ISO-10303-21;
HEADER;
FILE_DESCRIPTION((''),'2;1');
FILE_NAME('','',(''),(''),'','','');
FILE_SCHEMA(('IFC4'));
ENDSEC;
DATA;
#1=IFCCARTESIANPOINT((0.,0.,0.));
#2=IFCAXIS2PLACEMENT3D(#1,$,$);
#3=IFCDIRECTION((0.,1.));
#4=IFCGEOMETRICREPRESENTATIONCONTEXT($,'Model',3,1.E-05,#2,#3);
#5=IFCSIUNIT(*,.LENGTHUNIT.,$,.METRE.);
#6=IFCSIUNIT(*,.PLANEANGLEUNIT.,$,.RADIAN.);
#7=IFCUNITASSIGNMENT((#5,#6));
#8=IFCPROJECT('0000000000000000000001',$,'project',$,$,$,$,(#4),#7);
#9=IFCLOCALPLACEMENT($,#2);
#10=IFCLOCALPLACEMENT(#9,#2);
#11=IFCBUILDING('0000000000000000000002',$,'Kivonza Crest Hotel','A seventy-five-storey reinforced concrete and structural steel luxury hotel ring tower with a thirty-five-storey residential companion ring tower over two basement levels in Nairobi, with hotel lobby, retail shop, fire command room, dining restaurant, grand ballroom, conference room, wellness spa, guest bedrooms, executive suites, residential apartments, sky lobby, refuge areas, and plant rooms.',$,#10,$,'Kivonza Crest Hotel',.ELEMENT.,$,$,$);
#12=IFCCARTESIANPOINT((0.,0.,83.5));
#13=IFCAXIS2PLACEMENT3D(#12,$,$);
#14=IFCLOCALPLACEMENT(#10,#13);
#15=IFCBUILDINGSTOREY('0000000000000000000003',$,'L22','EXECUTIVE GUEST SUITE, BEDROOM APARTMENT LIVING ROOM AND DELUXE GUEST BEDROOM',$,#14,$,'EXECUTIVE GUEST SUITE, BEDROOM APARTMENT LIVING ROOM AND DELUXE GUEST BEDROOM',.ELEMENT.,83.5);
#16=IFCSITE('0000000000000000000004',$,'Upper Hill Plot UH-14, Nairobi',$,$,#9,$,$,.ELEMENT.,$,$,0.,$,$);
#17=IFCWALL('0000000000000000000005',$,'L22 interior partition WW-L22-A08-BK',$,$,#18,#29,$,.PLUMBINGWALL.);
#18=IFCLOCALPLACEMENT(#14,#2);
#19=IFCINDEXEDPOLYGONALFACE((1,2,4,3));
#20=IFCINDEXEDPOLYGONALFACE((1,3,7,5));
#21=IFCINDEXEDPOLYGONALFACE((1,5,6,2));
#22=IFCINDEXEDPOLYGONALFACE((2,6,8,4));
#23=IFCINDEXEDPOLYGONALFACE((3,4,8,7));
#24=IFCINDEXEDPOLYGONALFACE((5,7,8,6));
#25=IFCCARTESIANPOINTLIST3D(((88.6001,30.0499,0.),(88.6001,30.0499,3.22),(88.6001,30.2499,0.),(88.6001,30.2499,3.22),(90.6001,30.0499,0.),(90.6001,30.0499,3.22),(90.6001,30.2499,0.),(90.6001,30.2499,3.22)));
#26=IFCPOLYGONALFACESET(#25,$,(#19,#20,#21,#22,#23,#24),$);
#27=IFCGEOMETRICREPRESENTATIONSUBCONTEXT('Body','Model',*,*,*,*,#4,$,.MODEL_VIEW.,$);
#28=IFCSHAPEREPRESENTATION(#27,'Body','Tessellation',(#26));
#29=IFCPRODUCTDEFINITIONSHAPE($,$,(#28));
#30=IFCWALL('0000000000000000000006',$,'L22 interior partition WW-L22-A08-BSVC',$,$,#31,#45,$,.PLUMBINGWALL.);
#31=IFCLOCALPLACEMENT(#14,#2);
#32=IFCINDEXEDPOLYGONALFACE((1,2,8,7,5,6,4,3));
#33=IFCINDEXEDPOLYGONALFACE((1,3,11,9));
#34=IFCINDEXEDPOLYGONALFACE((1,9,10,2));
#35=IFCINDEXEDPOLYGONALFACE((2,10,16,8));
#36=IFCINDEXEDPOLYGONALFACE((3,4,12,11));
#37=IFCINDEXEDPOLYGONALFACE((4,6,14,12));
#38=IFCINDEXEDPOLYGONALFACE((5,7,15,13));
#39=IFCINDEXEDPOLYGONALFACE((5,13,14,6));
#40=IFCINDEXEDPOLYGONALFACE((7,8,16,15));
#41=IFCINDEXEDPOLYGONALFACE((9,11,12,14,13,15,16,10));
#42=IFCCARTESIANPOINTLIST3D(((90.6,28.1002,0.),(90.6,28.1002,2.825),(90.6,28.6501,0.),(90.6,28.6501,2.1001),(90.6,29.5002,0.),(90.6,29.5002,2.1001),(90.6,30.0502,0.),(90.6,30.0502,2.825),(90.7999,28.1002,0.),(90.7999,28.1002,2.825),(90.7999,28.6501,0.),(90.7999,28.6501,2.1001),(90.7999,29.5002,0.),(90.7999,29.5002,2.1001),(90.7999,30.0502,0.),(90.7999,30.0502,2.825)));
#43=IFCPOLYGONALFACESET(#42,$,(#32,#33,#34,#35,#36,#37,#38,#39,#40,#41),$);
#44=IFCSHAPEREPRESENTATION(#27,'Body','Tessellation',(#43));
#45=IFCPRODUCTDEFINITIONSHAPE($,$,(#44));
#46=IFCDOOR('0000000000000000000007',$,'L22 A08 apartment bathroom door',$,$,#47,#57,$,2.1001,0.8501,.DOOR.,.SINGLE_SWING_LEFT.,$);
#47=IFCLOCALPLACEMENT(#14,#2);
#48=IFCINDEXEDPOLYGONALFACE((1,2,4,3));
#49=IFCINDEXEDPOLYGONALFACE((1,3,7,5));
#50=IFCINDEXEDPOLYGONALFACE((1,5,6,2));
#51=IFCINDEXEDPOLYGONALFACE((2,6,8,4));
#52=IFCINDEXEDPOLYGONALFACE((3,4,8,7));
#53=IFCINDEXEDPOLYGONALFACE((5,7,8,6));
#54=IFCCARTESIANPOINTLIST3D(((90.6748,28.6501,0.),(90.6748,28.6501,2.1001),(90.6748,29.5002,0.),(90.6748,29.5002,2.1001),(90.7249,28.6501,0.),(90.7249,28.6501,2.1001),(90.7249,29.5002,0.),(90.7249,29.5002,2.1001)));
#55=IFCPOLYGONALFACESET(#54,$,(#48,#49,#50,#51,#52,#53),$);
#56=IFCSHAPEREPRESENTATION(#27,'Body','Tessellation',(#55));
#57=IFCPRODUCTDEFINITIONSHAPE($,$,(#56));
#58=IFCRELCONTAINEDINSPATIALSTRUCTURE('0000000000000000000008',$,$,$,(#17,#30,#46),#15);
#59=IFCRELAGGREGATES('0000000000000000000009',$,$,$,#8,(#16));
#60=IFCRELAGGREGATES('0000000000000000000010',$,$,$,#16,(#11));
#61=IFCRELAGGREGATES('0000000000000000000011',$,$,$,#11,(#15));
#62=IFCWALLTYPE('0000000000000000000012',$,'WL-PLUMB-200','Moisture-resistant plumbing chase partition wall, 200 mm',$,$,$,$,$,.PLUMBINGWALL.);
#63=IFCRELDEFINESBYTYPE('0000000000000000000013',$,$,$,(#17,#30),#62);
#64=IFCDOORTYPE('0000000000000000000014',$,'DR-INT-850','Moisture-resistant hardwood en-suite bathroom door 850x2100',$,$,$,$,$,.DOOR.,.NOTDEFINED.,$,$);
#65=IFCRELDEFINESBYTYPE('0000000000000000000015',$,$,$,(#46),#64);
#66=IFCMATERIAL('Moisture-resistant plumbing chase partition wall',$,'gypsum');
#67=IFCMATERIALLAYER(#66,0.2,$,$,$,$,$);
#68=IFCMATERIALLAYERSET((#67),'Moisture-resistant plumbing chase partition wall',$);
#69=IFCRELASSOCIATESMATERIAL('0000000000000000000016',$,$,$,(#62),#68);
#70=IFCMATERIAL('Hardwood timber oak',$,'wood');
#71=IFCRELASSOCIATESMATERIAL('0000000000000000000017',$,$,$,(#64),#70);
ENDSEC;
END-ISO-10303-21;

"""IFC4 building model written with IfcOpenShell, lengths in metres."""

from ifc_helpers import new_model, si_unit, direction, frame, frame_2d, origin, place, context, subcontext, project, spatial, rectangle, extrude, material, layer, layer_set, type_object, element, fill, save


model = new_model("IFC4")

# Units and contexts
model_context = context("Model", 3, precision=1e-05, world=origin(), true_north=direction((0.0, 1.0)))
body_context = subcontext(model_context, "Body", "Model", "MODEL_VIEW")
ifc_project = project(units=[si_unit("LENGTHUNIT", "METRE"), si_unit("PLANEANGLEUNIT", "RADIAN")], contexts=[model_context])

# Site, building, storey
site_placement = place(None, origin())
site = spatial("IfcSite", under=ifc_project, at=site_placement, Name="Upper Hill Plot UH-14, Nairobi", CompositionType="ELEMENT", RefElevation=0.0)
building_placement = place(site_placement, origin())
building = spatial("IfcBuilding", under=site, at=building_placement, Name="Kivonza Crest Hotel", Description="A seventy-five-storey reinforced concrete and structural steel luxury hotel ring tower with a thirty-five-storey residential companion ring tower over two basement levels in Nairobi, with hotel lobby, retail shop, fire command room, dining restaurant, grand ballroom, conference room, wellness spa, guest bedrooms, executive suites, residential apartments, sky lobby, refuge areas, and plant rooms.", LongName="Kivonza Crest Hotel", CompositionType="ELEMENT")
storey_placement = place(building_placement, frame((0.0, 0.0, 83.5)))
storey = spatial("IfcBuildingStorey", under=building, at=storey_placement, Name="L22", Description="EXECUTIVE GUEST SUITE, BEDROOM APARTMENT LIVING ROOM AND DELUXE GUEST BEDROOM", LongName="EXECUTIVE GUEST SUITE, BEDROOM APARTMENT LIVING ROOM AND DELUXE GUEST BEDROOM", CompositionType="ELEMENT", Elevation=83.5)

# Shared definitions
ifc_material_1 = material(Name="Hardwood timber oak", Category="wood")

# Wall
ifc_material_2 = material(Name="Moisture-resistant plumbing chase partition wall", Category="gypsum")
ifc_layer_1 = layer(ifc_material_2, 0.2)
ifc_layer_set_1 = layer_set([ifc_layer_1], Name="Moisture-resistant plumbing chase partition wall")
wall_type_1 = type_object("IfcWallType", Name="WL-PLUMB-200", Description="Moisture-resistant plumbing chase partition wall, 200 mm", PredefinedType="PLUMBINGWALL", material=ifc_layer_set_1)
wall_1_placement = place(storey_placement, frame((88.6001, 30.1499, 0.0), z_axis=(0.0, 0.0, 1.0), x_axis=(1.0, 0.0, 0.0)))
element("IfcWall", 1, at=wall_1_placement, inside=storey, type_object=wall_type_1, Name="L22 interior partition WW-L22-A08-BK", PredefinedType="PLUMBINGWALL", context=body_context, shape_type="SweptSolid", body=[
    extrude(rectangle(XDim=2.0, YDim=0.2, at=frame_2d((1.0, 0.0))), origin(), (0.0, 0.0, 1.0), 3.22),
])

# Wall, opening, door
wall_2_placement = place(storey_placement, frame((90.7, 28.1001, 0.0), z_axis=(0.0, 0.0, 1.0), x_axis=(0.0, 1.0, 0.0)))
wall_2 = element("IfcWall", 2, at=wall_2_placement, inside=storey, type_object=wall_type_1, Name="L22 interior partition WW-L22-A08-BSVC", PredefinedType="PLUMBINGWALL", context=body_context, shape_type="SweptSolid", body=[
    extrude(rectangle(XDim=1.95, YDim=0.2, at=frame_2d((0.9751, 0.0))), origin(), (0.0, 0.0, 1.0), 2.825),
])
opening_1_placement = place(wall_2_placement, frame((0.55, 0.0, 0.0)))
opening_1 = element("IfcOpeningElement", 3, at=opening_1_placement, cuts=wall_2, PredefinedType="OPENING", context=body_context, shape_type="SweptSolid", body=[
    extrude(rectangle(XDim=0.8501, YDim=2.1001, at=frame_2d((0.425, 1.05))), frame((0.0, 0.1099, 0.0), z_axis=(0.0, -1.0, 0.0), x_axis=(1.0, 0.0, 0.0)), (0.0, 0.0, 1.0), 0.22),
])
door_type_1 = type_object("IfcDoorType", Name="DR-INT-850", Description="Moisture-resistant hardwood en-suite bathroom door 850x2100", OperationType="NOTDEFINED", PredefinedType="DOOR", material=ifc_material_1)
door_1_placement = place(opening_1_placement, frame((0.8501, 0.0, 0.0), z_axis=(0.0, 0.0, 1.0), x_axis=(-1.0, 0.0, 0.0)))
door_1 = element("IfcDoor", 4, at=door_1_placement, inside=storey, type_object=door_type_1, Name="L22 A08 apartment bathroom door", OperationType="SINGLE_SWING_LEFT", OverallHeight=2.1001, OverallWidth=0.8501, PredefinedType="DOOR", context=body_context, shape_type="SweptSolid", body=[
    extrude(rectangle(XDim=0.8501, YDim=2.1001, at=frame_2d((0.425, 1.05))), frame((0.0, 0.0249, 0.0), z_axis=(0.0, -1.0, 0.0), x_axis=(1.0, 0.0, 0.0)), (0.0, 0.0, 1.0), 0.05),
])
fill(opening_1, door_1)

save(model, "model.ifc")
